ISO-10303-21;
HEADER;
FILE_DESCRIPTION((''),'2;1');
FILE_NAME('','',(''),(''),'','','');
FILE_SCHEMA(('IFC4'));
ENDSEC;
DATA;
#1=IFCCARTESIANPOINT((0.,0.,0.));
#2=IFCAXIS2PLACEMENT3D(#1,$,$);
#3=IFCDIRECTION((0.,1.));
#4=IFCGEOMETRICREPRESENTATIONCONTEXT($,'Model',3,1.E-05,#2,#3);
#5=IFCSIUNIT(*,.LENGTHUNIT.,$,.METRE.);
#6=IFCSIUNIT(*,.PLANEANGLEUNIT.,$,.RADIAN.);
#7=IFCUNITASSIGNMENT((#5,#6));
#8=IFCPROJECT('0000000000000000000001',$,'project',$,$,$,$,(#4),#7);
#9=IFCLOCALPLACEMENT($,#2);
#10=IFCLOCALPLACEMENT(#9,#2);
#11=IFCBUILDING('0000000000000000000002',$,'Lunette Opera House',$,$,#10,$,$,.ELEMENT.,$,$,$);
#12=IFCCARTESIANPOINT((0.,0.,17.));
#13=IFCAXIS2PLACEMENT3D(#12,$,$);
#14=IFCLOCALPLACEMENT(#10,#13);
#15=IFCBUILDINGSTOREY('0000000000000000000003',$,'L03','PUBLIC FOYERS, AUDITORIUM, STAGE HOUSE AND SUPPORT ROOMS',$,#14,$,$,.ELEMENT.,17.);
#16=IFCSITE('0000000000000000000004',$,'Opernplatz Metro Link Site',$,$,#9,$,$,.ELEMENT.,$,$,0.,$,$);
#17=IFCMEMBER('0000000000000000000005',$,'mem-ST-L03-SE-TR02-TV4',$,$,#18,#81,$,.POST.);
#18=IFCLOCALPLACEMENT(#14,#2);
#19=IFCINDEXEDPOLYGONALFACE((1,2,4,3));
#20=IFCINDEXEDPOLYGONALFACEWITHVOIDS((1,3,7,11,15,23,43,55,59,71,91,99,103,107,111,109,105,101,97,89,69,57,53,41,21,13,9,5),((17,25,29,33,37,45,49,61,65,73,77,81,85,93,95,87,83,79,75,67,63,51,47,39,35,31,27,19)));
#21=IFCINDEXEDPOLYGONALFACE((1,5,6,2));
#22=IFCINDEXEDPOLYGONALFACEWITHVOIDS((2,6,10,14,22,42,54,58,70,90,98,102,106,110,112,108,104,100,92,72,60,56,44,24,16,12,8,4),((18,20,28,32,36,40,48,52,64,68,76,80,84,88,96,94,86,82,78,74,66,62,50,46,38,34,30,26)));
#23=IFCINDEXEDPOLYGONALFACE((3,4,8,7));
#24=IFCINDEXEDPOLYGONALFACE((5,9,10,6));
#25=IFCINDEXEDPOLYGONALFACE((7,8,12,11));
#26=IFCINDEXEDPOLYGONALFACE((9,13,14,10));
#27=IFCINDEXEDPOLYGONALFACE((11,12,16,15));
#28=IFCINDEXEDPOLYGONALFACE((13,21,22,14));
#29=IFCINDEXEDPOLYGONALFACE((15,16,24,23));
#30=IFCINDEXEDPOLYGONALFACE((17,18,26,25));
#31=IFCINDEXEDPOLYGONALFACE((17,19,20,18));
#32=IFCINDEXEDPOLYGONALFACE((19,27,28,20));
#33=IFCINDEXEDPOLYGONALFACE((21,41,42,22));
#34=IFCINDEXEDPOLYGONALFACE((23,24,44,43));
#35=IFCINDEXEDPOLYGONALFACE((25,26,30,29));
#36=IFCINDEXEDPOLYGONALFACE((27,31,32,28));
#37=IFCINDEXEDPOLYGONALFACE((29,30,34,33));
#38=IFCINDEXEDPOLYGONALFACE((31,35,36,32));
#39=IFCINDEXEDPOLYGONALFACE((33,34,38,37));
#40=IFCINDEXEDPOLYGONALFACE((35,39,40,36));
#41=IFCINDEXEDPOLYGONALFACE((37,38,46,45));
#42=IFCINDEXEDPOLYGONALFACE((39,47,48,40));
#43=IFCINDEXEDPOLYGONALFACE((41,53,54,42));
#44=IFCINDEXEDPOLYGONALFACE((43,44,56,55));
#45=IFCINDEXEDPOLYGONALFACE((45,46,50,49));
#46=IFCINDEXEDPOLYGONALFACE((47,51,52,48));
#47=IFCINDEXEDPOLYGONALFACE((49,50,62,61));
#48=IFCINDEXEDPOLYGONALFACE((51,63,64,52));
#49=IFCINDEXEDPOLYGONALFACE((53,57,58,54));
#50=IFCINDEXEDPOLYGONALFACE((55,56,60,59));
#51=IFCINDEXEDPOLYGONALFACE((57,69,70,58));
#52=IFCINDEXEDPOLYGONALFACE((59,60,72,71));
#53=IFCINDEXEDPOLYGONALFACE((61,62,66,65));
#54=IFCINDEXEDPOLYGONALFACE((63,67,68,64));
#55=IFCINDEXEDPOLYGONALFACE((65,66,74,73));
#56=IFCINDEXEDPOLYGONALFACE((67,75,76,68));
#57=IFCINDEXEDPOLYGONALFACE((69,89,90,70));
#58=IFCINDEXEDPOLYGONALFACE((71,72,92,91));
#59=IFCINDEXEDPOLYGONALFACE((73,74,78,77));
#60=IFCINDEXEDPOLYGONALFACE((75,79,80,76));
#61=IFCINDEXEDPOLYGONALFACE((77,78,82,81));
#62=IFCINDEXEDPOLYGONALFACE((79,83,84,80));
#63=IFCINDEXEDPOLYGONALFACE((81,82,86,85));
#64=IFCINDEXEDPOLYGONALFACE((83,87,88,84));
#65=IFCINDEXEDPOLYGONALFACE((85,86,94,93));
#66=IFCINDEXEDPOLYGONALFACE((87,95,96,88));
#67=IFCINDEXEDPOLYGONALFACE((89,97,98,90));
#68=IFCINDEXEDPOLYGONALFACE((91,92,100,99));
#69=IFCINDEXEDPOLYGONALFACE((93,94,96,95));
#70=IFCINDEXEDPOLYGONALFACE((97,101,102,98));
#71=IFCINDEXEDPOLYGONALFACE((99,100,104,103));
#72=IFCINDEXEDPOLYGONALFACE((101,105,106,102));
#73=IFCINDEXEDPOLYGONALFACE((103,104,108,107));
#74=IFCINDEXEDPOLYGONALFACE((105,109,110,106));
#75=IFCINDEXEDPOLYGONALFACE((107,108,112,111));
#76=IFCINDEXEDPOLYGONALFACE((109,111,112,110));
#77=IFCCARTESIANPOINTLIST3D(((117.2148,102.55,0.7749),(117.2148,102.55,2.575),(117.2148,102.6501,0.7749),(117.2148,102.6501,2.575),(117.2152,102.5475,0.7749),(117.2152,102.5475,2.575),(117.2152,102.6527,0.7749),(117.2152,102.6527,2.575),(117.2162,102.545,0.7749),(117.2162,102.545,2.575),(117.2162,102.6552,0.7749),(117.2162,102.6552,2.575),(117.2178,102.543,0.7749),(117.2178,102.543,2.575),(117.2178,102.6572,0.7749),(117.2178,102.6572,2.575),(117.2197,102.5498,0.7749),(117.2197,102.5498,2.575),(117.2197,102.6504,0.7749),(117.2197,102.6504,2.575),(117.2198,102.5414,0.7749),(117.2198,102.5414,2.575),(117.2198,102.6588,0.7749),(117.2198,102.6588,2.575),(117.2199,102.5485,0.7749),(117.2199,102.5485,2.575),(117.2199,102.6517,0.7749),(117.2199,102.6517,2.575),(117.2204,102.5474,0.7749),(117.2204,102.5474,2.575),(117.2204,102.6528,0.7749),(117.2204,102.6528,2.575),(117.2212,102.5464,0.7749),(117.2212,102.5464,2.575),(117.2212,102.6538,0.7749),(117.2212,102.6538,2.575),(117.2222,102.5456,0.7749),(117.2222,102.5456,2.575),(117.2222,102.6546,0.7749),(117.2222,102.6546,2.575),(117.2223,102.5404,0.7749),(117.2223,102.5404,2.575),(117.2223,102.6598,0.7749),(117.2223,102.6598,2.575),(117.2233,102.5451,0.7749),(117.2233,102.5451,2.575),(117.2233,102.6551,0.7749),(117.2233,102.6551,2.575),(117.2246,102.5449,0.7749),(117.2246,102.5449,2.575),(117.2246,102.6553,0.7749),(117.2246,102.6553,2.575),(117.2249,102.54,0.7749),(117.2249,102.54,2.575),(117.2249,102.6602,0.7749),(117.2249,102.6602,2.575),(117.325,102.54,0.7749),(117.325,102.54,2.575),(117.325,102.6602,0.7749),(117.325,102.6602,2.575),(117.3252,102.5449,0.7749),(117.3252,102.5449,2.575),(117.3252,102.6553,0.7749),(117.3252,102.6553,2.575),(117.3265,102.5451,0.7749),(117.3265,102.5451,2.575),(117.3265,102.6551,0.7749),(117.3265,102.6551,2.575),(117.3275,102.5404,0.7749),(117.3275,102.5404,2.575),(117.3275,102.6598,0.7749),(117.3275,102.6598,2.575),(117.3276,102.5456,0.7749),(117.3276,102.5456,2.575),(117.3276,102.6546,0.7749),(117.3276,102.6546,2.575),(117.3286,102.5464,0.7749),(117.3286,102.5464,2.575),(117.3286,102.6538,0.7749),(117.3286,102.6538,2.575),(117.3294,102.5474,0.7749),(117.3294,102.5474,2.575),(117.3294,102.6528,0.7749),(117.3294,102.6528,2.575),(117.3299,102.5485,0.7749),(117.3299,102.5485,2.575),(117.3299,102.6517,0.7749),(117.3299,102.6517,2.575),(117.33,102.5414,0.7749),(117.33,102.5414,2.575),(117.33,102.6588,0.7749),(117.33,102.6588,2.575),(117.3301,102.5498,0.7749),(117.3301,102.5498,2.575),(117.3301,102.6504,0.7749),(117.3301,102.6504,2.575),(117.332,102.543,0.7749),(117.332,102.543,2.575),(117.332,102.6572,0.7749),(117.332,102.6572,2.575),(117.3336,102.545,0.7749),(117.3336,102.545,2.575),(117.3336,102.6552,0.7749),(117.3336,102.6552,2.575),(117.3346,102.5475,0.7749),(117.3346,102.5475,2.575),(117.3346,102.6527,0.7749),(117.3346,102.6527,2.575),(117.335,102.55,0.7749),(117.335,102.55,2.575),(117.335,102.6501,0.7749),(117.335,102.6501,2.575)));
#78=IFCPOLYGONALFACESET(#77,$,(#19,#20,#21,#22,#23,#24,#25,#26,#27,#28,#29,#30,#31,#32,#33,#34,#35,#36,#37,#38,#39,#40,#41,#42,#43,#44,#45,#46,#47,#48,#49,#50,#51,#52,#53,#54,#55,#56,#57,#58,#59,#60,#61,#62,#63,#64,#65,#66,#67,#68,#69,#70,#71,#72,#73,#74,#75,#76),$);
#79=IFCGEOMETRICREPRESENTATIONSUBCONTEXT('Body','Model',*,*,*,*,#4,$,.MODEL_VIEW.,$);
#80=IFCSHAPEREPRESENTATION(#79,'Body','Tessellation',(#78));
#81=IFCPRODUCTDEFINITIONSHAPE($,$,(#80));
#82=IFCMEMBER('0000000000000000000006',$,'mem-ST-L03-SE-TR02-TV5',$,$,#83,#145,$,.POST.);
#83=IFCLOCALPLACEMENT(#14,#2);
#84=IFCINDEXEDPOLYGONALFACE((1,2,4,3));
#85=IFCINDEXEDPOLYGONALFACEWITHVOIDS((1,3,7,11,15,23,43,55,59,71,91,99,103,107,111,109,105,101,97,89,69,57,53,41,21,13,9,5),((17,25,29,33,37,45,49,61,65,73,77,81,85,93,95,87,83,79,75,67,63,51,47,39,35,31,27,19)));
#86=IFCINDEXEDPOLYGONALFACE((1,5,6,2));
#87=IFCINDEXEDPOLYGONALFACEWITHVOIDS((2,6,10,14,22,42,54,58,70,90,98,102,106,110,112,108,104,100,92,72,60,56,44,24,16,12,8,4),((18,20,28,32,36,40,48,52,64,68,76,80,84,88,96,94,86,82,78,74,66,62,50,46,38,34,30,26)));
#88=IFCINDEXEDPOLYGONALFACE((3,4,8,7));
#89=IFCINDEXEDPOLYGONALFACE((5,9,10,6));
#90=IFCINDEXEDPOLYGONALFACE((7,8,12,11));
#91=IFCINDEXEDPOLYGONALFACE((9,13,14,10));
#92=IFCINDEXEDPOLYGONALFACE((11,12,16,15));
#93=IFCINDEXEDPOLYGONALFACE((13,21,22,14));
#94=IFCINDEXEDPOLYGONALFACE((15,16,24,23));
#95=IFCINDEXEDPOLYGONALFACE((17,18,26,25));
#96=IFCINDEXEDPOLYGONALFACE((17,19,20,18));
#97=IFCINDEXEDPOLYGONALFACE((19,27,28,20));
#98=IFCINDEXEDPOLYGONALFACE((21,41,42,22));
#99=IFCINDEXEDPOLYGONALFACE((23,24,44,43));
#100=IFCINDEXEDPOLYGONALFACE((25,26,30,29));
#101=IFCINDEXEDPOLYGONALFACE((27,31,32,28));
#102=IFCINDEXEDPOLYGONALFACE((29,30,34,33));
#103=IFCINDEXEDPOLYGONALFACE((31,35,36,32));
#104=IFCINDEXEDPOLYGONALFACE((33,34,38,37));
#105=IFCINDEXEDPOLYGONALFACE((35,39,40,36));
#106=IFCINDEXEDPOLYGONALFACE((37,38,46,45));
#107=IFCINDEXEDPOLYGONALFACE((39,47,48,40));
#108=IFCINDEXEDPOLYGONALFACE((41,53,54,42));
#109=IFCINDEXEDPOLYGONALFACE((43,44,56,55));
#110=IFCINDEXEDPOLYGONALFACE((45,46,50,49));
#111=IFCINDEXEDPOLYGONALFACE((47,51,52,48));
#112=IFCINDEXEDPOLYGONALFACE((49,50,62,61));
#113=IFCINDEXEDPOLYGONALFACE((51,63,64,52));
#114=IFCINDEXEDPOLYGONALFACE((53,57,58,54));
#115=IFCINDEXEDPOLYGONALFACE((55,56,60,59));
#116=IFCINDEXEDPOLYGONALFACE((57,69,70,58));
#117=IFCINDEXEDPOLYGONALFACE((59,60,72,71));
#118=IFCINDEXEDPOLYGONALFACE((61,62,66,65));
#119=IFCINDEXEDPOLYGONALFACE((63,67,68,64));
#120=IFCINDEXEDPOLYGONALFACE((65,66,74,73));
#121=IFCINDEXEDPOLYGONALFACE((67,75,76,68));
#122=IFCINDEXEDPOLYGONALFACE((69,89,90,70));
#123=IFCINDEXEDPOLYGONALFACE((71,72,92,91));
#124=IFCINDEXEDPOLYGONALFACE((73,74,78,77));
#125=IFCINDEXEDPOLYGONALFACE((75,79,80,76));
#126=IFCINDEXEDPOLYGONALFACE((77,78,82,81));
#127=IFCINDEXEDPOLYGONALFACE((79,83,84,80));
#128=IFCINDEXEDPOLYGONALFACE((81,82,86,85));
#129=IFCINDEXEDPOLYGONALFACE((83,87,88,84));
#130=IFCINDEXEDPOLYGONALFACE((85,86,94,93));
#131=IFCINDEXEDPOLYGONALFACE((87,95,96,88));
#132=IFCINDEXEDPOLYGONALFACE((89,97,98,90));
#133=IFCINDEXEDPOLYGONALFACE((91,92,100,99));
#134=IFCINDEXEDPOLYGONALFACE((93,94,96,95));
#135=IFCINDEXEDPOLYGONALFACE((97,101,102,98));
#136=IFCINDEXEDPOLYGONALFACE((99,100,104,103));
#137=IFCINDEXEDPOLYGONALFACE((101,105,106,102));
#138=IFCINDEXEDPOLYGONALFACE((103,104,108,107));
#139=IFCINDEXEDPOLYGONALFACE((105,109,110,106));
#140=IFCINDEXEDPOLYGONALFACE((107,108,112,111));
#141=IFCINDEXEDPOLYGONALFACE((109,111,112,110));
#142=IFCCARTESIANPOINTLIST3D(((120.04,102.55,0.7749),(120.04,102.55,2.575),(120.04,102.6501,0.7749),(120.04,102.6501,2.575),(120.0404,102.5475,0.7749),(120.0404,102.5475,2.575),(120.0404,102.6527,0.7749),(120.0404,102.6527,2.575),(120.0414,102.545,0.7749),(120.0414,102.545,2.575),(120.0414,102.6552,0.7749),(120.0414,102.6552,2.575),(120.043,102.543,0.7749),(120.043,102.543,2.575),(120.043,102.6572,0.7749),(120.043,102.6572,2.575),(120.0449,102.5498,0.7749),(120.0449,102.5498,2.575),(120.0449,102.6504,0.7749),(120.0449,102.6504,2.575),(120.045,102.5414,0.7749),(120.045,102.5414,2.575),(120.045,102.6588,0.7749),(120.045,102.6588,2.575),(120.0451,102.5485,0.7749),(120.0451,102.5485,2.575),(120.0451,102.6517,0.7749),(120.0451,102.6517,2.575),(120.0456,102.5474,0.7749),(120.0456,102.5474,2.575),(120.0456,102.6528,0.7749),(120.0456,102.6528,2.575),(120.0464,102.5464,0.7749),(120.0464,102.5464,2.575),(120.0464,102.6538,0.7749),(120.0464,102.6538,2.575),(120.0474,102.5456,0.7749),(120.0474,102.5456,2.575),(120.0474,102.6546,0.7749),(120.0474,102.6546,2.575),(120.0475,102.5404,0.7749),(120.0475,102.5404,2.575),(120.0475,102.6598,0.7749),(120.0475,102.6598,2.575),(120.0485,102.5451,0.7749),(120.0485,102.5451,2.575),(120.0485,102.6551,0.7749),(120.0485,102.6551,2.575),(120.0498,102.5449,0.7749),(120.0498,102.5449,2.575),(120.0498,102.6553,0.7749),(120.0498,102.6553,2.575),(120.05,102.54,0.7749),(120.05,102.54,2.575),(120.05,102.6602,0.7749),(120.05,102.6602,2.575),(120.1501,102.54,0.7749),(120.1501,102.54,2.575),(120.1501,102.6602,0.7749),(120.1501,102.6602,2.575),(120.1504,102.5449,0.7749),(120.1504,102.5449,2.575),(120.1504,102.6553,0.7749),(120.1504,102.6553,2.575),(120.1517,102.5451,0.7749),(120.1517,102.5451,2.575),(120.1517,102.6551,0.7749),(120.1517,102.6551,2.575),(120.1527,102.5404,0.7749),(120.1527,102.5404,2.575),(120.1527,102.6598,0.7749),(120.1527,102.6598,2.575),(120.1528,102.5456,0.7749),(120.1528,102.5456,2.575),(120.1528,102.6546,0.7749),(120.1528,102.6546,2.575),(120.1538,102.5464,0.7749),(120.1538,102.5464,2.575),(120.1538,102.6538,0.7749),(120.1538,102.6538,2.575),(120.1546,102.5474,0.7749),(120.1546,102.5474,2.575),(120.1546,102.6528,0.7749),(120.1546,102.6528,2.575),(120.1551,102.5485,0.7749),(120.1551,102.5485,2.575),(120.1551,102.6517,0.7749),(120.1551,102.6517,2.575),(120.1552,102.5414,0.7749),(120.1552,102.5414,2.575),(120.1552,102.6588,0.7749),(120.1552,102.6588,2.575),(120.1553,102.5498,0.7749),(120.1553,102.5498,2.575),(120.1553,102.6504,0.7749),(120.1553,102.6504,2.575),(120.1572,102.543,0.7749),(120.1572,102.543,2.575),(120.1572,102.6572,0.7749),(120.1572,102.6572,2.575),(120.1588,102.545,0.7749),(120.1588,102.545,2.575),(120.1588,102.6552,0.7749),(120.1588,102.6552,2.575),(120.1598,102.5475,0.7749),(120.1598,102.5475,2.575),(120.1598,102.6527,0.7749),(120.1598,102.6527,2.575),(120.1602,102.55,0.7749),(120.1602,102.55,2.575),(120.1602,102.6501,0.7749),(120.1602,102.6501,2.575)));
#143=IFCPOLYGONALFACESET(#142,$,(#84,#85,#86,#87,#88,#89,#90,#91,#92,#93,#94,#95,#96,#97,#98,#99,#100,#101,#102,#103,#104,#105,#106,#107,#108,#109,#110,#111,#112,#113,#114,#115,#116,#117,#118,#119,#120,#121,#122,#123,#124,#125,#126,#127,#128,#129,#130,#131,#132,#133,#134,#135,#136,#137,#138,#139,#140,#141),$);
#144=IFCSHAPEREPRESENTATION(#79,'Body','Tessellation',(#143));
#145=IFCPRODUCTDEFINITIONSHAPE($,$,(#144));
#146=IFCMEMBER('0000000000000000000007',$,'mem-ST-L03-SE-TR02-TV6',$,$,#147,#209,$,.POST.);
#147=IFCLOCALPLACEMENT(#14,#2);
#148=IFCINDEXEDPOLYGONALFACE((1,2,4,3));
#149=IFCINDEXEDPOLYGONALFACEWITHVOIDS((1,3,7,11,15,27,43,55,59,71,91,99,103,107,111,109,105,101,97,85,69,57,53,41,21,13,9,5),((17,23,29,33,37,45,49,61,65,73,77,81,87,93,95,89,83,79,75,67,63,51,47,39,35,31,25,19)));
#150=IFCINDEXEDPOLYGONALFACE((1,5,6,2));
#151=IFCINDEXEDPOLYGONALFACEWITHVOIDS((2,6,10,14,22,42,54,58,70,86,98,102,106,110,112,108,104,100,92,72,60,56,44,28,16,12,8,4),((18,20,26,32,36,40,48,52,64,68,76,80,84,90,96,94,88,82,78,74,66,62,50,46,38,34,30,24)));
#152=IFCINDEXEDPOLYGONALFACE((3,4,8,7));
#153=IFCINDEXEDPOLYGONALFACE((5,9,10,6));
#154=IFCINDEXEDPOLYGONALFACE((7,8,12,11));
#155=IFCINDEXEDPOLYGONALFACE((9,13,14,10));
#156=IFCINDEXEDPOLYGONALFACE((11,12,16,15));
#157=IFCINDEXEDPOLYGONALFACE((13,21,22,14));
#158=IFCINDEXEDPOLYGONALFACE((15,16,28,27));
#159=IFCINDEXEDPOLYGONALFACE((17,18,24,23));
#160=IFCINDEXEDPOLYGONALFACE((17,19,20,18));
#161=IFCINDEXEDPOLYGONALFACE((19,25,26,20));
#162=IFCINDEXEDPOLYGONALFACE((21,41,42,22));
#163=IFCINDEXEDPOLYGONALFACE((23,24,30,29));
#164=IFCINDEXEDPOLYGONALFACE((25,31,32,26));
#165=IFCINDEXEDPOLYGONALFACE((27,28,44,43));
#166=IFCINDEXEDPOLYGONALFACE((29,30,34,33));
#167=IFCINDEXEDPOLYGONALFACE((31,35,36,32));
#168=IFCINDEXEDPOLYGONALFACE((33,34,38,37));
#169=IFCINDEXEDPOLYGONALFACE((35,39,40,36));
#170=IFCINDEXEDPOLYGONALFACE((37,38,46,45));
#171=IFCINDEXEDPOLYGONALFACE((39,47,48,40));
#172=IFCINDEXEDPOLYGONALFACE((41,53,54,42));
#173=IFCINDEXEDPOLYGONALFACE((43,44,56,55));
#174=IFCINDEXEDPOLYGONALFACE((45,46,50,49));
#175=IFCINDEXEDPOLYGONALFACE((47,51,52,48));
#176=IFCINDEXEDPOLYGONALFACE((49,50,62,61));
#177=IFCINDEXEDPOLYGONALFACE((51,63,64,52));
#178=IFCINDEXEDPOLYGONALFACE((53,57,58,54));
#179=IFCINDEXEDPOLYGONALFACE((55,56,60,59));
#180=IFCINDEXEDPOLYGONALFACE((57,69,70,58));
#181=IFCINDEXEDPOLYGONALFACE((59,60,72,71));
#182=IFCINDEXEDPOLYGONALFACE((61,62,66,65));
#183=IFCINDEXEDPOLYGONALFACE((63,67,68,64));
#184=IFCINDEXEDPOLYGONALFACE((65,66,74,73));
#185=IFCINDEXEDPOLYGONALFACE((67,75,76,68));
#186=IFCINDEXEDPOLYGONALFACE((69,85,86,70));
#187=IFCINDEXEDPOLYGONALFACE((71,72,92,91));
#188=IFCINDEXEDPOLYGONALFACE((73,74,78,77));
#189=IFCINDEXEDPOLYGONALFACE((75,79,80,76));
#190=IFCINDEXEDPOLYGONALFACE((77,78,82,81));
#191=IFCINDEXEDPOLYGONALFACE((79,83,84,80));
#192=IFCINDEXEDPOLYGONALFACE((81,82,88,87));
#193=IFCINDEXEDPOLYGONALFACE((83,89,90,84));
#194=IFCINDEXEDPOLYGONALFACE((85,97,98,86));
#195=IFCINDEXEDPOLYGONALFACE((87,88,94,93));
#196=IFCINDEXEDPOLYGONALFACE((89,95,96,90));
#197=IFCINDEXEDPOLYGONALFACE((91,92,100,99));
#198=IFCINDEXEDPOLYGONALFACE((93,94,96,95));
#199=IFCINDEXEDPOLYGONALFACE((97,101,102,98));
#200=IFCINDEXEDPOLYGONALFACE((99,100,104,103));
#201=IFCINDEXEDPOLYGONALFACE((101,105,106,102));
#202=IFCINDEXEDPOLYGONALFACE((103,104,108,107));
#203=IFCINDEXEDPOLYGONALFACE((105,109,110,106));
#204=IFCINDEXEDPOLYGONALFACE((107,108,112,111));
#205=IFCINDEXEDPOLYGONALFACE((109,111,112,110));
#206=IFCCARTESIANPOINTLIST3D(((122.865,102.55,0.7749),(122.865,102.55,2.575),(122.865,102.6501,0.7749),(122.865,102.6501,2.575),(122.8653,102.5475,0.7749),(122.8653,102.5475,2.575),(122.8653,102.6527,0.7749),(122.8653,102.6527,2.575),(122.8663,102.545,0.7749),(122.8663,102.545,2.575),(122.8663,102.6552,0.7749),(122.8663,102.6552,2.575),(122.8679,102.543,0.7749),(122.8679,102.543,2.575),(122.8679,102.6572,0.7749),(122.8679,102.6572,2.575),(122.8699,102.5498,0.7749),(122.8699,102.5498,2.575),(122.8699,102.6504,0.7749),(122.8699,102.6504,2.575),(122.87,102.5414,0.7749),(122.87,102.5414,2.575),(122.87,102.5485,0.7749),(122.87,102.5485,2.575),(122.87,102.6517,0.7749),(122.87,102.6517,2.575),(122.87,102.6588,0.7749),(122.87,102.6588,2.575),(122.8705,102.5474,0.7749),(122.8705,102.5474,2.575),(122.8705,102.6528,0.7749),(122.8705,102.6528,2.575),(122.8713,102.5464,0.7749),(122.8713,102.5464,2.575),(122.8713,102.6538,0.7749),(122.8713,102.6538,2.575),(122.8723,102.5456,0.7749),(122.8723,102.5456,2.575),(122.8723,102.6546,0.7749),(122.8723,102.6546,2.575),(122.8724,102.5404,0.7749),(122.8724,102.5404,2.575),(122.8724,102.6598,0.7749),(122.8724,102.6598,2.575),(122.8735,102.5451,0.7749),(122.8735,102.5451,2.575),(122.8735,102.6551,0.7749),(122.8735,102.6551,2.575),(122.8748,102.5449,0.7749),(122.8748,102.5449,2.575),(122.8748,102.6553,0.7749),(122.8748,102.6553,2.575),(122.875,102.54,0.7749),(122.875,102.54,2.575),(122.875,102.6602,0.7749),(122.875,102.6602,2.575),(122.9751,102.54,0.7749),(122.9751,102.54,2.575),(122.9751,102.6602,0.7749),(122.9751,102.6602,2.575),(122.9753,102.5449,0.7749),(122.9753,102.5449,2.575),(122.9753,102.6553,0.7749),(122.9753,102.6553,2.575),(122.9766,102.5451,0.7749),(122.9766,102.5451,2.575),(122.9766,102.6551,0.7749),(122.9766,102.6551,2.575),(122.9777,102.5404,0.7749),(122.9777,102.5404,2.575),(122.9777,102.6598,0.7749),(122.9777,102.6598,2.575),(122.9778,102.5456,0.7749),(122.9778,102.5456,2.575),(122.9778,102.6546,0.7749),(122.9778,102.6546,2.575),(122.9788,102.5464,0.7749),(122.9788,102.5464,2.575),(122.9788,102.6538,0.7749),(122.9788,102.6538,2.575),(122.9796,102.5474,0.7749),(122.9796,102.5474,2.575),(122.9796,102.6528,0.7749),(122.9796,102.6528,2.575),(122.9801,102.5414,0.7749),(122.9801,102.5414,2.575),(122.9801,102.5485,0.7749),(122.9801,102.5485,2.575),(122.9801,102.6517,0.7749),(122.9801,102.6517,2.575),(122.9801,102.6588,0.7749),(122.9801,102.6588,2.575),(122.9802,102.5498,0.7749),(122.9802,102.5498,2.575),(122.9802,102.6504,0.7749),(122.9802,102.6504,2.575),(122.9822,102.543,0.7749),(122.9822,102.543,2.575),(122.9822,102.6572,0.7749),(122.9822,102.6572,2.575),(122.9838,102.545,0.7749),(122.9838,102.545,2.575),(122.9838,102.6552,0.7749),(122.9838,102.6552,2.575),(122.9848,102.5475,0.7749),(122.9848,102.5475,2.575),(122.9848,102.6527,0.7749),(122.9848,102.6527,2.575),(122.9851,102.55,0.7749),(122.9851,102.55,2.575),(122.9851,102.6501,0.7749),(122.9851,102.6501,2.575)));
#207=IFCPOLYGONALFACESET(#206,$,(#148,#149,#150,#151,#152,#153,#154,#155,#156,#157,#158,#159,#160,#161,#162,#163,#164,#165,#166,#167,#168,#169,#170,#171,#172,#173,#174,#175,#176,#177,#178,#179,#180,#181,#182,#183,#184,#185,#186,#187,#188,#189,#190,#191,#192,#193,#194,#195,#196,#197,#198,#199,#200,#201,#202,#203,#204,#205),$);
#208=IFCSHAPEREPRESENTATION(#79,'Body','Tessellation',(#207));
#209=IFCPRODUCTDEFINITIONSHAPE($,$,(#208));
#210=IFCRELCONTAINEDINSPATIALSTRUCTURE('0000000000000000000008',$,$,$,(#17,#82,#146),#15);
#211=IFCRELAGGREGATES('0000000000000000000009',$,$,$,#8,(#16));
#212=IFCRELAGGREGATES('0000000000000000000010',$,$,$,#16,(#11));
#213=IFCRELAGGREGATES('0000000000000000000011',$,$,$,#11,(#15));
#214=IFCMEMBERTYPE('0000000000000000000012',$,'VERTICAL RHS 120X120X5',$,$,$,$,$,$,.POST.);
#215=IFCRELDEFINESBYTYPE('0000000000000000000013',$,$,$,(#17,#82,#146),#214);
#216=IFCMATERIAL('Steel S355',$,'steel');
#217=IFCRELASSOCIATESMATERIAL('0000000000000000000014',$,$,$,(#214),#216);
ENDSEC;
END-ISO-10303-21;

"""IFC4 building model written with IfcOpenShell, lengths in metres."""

from ifc_helpers import new_model, si_unit, direction, frame, origin, origin_2d, place, context, subcontext, project, spatial, hollow_rectangle, extrude, material, material_profile, profile_set, type_object, element, save


model = new_model("IFC4")

# Units and contexts
model_context = context("Model", 3, precision=1e-05, world=origin(), true_north=direction((0.0, 1.0)))
body_context = subcontext(model_context, "Body", "Model", "MODEL_VIEW")
ifc_project = project(units=[si_unit("LENGTHUNIT", "METRE"), si_unit("PLANEANGLEUNIT", "RADIAN")], contexts=[model_context])

# Site, building, storey
site_placement = place(None, origin())
site = spatial("IfcSite", under=ifc_project, at=site_placement, Name="Opernplatz Metro Link Site", CompositionType="ELEMENT", RefElevation=0.0)
building_placement = place(site_placement, origin())
building = spatial("IfcBuilding", under=site, at=building_placement, Name="Lunette Opera House", CompositionType="ELEMENT")
storey_placement = place(building_placement, frame((0.0, 0.0, 17.0)))
storey = spatial("IfcBuildingStorey", under=building, at=storey_placement, Name="L03", Description="PUBLIC FOYERS, AUDITORIUM, STAGE HOUSE AND SUPPORT ROOMS", CompositionType="ELEMENT", Elevation=17.0)

# Members
ifc_material_1 = material(Name="Steel S355", Category="steel")
ifc_material_profile_1 = material_profile(ifc_material_1, hollow_rectangle(XDim=0.1201, YDim=0.1201, WallThickness=0.0049, InnerFilletRadius=0.0049, OuterFilletRadius=0.01, at=origin_2d()), Name="RHS 120X120X5")
ifc_profile_set_1 = profile_set([ifc_material_profile_1], Name="Steel S355")
member_type_1 = type_object("IfcMemberType", Name="VERTICAL RHS 120X120X5", PredefinedType="POST", material=ifc_profile_set_1)
for number, where, z_axis, x_axis, name in (
    (1, (117.2749, 102.6001, 0.7749), (0.0, 0.0, 1.0), (1.0, 0.0, 0.0), "mem-ST-L03-SE-TR02-TV4"),
    (2, (120.1001, 102.6001, 0.7749), (0.0, 0.0, 1.0), (1.0, 0.0, 0.0), "mem-ST-L03-SE-TR02-TV5"),
    (3, (122.925, 102.6001, 0.7749), (0.0, 0.0, 1.0), (1.0, 0.0, 0.0), "mem-ST-L03-SE-TR02-TV6"),
):
    element("IfcMember", number, at=place(storey_placement, frame(where, z_axis=z_axis, x_axis=x_axis)), inside=storey, type_object=member_type_1, Name=name, PredefinedType="POST", context=body_context, shape_type="SweptSolid", body=[
        extrude(hollow_rectangle(XDim=0.1201, YDim=0.1201, WallThickness=0.0049, InnerFilletRadius=0.0049, OuterFilletRadius=0.01, at=origin_2d()), origin(), (0.0, 0.0, 1.0), 1.8),
    ])

save(model, "model.ifc")
